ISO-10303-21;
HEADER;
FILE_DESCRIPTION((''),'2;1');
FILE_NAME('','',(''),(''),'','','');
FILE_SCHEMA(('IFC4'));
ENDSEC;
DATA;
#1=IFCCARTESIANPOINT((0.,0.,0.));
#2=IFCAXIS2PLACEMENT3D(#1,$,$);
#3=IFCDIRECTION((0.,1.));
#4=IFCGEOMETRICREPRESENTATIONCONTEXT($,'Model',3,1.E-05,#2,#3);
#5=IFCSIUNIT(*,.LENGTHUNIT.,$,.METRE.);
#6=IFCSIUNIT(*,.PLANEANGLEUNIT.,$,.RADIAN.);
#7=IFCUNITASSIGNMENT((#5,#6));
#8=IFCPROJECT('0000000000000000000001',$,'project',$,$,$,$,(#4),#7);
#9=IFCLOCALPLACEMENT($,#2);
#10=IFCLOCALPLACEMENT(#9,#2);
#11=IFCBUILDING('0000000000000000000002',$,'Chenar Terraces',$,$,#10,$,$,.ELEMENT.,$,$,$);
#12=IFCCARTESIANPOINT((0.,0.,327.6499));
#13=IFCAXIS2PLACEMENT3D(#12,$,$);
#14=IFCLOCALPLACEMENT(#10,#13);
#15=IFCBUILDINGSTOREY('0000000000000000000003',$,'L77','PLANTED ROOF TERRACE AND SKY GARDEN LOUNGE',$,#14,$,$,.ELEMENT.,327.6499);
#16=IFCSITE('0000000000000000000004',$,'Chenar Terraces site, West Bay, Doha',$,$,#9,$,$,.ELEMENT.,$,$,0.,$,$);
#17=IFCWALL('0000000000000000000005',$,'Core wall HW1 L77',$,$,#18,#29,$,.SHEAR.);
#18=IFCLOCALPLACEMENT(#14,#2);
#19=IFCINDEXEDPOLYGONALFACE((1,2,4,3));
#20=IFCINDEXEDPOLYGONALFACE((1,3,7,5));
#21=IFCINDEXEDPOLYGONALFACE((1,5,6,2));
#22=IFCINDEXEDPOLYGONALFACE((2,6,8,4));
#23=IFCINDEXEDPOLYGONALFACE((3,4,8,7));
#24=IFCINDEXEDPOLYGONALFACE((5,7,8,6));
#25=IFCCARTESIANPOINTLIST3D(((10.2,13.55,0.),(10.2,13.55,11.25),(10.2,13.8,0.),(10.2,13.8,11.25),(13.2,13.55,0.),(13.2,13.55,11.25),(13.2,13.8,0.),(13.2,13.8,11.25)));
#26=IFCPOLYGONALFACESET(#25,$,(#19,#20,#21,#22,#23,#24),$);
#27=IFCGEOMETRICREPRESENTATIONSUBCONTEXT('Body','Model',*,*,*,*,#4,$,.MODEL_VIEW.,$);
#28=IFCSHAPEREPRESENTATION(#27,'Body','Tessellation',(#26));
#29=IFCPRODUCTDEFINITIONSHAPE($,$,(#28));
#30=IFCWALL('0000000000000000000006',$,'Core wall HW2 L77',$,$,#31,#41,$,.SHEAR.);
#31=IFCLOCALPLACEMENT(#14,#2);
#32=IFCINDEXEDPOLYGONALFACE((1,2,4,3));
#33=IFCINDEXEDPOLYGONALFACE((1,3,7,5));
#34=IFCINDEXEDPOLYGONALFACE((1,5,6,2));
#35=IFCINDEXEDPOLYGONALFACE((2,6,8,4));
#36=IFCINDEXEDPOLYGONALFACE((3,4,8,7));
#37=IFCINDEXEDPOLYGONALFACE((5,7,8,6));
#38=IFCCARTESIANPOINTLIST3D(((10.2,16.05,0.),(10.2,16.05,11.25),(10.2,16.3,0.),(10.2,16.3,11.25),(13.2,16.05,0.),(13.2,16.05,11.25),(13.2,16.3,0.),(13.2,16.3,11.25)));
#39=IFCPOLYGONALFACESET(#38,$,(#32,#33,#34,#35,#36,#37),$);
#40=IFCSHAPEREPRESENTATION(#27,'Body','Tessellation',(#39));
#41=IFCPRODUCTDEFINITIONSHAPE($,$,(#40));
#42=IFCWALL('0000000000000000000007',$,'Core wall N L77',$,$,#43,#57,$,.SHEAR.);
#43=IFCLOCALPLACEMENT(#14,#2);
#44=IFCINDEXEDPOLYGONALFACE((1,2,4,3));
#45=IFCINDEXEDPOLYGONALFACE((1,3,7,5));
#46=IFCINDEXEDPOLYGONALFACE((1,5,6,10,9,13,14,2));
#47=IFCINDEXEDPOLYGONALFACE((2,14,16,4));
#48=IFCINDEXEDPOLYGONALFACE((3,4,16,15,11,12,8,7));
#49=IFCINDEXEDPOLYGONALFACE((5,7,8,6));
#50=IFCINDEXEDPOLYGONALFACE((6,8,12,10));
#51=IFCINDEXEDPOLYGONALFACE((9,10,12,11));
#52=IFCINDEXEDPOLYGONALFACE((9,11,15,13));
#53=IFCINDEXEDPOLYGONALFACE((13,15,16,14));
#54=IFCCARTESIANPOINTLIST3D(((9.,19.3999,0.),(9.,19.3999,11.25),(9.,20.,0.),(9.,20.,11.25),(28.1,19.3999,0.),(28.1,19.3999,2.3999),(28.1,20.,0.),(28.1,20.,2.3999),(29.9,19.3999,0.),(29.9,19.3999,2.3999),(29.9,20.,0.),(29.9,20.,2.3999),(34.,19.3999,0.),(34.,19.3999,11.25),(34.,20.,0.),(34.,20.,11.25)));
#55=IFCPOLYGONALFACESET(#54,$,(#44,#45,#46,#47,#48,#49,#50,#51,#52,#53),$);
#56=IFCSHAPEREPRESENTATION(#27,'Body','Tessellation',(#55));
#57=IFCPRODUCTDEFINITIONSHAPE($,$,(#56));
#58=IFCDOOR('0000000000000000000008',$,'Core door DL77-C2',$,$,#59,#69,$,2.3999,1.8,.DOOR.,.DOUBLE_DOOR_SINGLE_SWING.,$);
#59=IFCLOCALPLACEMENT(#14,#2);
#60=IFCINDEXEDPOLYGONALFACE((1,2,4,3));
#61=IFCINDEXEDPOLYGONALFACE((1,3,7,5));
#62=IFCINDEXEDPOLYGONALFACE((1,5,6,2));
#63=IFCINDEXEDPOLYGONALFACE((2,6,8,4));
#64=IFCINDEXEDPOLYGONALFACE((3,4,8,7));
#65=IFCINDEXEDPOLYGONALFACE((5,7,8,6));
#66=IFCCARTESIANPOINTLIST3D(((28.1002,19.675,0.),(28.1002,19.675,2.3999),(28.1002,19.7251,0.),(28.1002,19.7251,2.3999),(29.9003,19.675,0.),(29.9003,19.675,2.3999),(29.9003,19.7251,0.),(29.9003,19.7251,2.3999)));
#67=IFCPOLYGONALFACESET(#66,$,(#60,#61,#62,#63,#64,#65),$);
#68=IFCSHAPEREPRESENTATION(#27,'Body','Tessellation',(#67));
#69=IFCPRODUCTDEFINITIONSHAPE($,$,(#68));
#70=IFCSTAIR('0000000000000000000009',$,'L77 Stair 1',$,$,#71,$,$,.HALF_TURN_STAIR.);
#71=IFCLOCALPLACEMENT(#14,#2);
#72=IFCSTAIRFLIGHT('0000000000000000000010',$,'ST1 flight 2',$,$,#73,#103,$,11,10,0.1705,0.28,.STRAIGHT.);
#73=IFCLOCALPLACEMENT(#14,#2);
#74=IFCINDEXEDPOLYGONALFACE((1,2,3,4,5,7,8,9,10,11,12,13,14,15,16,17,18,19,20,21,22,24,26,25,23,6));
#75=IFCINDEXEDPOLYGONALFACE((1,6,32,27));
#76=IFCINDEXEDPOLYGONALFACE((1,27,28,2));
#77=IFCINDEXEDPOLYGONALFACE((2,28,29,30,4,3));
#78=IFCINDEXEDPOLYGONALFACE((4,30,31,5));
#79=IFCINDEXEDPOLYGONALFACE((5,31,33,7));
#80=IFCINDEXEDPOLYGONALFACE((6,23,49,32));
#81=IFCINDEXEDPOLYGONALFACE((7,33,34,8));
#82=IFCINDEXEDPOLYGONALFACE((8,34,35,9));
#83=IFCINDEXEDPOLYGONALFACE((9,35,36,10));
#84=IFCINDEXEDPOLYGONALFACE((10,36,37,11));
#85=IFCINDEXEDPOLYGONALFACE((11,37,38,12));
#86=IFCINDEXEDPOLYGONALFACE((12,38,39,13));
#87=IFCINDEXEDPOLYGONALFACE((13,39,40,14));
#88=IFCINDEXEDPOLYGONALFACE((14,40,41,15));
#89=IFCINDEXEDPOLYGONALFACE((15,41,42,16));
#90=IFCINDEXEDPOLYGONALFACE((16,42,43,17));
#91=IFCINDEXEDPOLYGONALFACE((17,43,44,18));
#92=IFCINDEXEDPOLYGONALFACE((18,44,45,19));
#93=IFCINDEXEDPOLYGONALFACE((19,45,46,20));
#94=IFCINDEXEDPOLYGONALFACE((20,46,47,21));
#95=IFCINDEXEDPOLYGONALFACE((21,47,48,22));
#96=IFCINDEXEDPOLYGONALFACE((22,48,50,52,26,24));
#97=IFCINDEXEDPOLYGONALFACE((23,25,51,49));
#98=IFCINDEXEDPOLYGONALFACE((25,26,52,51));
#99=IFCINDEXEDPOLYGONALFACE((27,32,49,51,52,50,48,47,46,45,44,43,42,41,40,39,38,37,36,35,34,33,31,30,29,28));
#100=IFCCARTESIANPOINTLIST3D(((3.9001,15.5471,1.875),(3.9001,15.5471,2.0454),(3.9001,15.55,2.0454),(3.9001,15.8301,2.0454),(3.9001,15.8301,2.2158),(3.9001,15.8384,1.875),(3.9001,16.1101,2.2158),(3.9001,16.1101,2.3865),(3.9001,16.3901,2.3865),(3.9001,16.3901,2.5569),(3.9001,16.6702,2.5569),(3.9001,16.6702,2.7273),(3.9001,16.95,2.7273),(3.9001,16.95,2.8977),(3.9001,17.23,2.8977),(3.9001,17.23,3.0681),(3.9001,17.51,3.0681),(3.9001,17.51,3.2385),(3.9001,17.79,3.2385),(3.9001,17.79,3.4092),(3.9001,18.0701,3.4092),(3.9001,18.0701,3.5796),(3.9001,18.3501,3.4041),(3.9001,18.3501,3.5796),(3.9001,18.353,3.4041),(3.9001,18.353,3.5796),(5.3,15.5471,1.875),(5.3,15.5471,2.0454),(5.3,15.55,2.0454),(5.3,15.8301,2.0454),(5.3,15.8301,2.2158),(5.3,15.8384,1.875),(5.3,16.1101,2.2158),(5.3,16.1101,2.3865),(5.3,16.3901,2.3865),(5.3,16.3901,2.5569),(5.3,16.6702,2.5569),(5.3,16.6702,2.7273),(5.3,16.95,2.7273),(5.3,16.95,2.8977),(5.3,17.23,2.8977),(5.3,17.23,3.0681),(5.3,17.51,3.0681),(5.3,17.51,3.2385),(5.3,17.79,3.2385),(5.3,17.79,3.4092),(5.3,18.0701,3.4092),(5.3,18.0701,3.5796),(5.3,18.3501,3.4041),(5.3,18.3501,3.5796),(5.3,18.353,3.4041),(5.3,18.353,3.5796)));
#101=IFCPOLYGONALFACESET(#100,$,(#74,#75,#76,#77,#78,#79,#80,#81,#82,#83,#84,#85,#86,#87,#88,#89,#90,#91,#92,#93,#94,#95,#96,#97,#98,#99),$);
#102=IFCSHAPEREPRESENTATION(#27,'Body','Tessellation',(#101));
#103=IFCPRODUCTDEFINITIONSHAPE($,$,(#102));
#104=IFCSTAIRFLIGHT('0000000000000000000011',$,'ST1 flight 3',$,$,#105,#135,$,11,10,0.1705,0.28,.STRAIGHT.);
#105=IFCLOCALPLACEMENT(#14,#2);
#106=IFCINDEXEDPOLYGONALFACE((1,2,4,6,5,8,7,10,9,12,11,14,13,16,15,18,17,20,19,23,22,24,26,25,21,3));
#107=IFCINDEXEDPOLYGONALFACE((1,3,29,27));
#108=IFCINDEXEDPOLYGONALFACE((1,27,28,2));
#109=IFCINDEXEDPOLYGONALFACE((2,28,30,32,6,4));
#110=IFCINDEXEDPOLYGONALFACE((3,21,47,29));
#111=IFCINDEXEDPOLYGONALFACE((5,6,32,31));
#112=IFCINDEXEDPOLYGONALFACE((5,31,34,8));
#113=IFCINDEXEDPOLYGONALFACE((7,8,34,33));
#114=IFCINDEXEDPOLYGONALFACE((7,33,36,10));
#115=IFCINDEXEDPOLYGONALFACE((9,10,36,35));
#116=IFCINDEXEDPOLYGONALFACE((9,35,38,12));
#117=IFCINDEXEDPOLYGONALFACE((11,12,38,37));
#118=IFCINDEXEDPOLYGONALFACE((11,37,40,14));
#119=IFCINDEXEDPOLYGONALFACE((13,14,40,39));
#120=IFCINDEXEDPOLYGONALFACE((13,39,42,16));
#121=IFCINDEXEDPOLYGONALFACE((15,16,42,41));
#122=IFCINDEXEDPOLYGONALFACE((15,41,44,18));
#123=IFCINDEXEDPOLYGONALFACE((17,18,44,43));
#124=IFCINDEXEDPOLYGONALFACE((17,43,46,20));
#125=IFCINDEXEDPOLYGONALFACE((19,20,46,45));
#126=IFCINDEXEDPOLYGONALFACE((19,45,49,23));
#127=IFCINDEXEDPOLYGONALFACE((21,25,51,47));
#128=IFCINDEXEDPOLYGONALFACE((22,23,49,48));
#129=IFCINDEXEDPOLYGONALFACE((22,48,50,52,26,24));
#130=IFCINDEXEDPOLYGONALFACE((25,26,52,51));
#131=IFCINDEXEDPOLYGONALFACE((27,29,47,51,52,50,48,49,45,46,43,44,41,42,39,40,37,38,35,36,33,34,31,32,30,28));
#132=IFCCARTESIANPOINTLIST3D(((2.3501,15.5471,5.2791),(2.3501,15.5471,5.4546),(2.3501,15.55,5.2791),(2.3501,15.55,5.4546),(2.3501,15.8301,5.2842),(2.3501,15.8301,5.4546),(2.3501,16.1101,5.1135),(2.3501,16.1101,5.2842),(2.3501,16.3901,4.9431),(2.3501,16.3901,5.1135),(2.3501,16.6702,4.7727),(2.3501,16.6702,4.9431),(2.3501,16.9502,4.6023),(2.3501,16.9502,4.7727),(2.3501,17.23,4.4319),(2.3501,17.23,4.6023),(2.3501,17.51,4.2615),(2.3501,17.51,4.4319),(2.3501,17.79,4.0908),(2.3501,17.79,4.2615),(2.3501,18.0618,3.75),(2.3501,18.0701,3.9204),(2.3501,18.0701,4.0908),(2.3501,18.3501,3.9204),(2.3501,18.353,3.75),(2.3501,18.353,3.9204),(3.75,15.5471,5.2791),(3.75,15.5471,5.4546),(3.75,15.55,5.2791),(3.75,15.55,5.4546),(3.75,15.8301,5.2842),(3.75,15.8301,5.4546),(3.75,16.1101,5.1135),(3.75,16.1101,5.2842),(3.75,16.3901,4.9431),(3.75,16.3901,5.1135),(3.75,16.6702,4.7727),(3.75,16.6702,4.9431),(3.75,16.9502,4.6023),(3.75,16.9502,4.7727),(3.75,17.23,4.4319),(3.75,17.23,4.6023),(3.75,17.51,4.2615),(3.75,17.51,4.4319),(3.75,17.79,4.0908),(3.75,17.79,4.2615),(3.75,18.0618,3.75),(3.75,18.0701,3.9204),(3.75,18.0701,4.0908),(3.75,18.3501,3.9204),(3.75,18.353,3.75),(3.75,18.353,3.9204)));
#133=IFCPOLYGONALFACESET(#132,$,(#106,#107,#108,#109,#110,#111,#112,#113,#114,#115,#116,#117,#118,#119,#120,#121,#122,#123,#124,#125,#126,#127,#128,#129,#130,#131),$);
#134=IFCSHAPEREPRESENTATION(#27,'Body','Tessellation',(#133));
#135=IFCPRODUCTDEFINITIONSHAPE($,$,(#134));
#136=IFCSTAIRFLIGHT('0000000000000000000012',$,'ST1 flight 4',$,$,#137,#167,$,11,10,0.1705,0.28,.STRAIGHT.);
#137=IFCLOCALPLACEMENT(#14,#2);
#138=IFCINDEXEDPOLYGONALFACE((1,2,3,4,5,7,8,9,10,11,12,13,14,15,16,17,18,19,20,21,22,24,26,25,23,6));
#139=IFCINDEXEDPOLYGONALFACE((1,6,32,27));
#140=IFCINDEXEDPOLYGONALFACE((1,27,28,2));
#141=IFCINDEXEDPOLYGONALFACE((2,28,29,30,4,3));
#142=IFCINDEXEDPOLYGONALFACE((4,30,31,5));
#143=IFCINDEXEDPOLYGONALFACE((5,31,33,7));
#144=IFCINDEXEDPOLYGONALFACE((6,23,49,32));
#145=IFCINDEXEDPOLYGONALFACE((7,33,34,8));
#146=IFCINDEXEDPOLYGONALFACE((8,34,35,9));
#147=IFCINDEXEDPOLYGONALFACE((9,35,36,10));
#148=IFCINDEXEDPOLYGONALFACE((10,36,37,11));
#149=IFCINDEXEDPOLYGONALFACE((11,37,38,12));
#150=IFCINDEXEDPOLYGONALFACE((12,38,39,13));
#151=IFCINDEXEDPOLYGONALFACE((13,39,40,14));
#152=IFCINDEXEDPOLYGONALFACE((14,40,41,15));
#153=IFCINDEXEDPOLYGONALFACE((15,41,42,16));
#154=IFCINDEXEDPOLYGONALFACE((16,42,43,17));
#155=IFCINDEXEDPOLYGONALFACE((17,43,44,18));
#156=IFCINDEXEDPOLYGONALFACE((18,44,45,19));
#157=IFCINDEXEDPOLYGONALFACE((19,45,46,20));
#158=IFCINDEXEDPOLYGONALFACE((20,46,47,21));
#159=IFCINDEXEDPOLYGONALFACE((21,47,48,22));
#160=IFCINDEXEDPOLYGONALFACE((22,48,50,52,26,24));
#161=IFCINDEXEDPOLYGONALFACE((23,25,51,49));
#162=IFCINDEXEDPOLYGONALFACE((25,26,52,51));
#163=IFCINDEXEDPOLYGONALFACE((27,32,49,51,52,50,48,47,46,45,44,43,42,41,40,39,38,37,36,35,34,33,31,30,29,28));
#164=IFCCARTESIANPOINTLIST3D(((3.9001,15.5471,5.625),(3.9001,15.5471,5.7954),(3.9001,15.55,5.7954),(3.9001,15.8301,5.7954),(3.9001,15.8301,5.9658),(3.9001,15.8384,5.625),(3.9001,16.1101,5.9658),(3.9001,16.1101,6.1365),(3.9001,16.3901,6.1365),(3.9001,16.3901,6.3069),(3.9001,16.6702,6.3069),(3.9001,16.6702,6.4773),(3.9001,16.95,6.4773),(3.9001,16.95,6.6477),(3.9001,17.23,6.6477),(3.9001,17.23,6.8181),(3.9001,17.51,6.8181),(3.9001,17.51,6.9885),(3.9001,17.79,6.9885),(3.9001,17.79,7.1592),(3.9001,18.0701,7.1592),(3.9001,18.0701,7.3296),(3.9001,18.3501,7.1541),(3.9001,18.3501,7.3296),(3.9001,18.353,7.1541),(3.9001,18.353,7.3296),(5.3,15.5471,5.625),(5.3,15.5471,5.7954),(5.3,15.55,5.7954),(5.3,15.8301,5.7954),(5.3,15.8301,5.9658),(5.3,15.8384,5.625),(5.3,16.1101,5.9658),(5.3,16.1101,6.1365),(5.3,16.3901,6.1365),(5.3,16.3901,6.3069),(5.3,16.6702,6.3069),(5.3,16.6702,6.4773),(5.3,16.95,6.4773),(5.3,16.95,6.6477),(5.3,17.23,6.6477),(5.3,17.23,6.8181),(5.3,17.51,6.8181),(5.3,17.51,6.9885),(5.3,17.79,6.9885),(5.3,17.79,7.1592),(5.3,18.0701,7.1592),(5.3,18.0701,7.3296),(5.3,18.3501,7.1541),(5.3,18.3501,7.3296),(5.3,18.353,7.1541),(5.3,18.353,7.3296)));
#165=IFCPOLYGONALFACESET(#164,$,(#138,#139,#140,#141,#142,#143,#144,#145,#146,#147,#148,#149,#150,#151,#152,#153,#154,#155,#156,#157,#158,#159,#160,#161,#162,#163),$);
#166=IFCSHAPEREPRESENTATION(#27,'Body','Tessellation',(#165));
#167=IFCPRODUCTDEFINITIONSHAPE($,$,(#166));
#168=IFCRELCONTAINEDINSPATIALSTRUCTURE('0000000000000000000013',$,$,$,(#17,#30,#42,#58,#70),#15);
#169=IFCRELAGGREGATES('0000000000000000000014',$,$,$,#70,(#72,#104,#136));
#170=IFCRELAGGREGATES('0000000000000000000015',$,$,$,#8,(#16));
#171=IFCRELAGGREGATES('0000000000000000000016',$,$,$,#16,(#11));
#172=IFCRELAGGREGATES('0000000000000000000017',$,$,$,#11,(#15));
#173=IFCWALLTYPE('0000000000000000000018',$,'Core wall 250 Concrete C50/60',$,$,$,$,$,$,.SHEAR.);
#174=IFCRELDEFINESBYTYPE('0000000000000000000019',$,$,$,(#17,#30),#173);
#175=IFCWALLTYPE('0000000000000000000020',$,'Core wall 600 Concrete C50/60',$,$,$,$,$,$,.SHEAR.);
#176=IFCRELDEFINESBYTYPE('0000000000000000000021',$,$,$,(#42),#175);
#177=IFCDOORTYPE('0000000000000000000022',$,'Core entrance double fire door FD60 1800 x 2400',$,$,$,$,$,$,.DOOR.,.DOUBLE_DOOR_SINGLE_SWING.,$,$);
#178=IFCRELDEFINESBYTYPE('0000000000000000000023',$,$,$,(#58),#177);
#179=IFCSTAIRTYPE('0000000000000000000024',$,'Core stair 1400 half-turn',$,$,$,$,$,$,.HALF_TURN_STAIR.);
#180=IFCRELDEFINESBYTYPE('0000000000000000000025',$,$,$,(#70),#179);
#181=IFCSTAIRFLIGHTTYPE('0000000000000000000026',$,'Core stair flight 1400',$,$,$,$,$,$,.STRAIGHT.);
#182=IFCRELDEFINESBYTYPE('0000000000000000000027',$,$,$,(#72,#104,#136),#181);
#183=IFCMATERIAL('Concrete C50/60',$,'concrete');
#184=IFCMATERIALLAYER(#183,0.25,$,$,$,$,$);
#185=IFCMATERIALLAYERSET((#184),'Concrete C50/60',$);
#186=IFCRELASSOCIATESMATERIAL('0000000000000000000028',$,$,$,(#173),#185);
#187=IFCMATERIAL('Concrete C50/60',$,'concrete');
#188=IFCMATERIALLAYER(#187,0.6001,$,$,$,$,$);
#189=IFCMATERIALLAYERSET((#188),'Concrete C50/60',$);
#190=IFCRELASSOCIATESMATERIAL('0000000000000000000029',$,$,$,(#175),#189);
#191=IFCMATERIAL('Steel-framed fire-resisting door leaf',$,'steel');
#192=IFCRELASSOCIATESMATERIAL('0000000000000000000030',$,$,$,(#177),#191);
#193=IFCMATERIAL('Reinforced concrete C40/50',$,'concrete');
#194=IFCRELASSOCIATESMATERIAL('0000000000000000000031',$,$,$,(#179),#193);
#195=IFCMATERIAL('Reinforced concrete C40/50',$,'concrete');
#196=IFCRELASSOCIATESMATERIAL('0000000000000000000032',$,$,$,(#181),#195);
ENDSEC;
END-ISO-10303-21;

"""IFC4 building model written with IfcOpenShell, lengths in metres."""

from ifc_helpers import new_model, si_unit, direction, frame, frame_2d, origin, place, context, subcontext, project, spatial, polyline, rectangle, outline, extrude, material, layer, layer_set, type_object, element, fill, aggregate, save


model = new_model("IFC4")

# Units and contexts
model_context = context("Model", 3, precision=1e-05, world=origin(), true_north=direction((0.0, 1.0)))
body_context = subcontext(model_context, "Body", "Model", "MODEL_VIEW")
ifc_project = project(units=[si_unit("LENGTHUNIT", "METRE"), si_unit("PLANEANGLEUNIT", "RADIAN")], contexts=[model_context])

# Site, building, storey
site_placement = place(None, origin())
site = spatial("IfcSite", under=ifc_project, at=site_placement, Name="Chenar Terraces site, West Bay, Doha", CompositionType="ELEMENT", RefElevation=0.0)
building_placement = place(site_placement, origin())
building = spatial("IfcBuilding", under=site, at=building_placement, Name="Chenar Terraces", CompositionType="ELEMENT")
storey_placement = place(building_placement, frame((0.0, 0.0, 327.6499)))
storey = spatial("IfcBuildingStorey", under=building, at=storey_placement, Name="L77", Description="PLANTED ROOF TERRACE AND SKY GARDEN LOUNGE", CompositionType="ELEMENT", Elevation=327.6499)

# Walls
ifc_material_1 = material(Name="Concrete C50/60", Category="concrete")
ifc_layer_1 = layer(ifc_material_1, 0.25)
ifc_layer_set_1 = layer_set([ifc_layer_1], Name="Concrete C50/60")
wall_type_1 = type_object("IfcWallType", Name="Core wall 250 Concrete C50/60", PredefinedType="SHEAR", material=ifc_layer_set_1)
for number, where, z_axis, x_axis, name in (
    (1, (10.2, 13.675, 0.0), (0.0, 0.0, 1.0), (1.0, 0.0, 0.0), "Core wall HW1 L77"),
    (2, (10.2, 16.175, 0.0), (0.0, 0.0, 1.0), (1.0, 0.0, 0.0), "Core wall HW2 L77"),
):
    element("IfcWall", number, at=place(storey_placement, frame(where, z_axis=z_axis, x_axis=x_axis)), inside=storey, type_object=wall_type_1, Name=name, PredefinedType="SHEAR", context=body_context, shape_type="SweptSolid", body=[
        extrude(rectangle(XDim=3.0, YDim=0.25, at=frame_2d((1.5, 0.0))), origin(), (0.0, 0.0, 1.0), 11.25),
    ])

# Wall, opening, door
ifc_material_2 = material(Name="Concrete C50/60", Category="concrete")
ifc_layer_2 = layer(ifc_material_2, 0.6001)
ifc_layer_set_2 = layer_set([ifc_layer_2], Name="Concrete C50/60")
wall_type_2 = type_object("IfcWallType", Name="Core wall 600 Concrete C50/60", PredefinedType="SHEAR", material=ifc_layer_set_2)
wall_placement = place(storey_placement, frame((9.0, 19.7, 0.0), z_axis=(0.0, 0.0, 1.0), x_axis=(1.0, 0.0, 0.0)))
wall = element("IfcWall", 3, at=wall_placement, inside=storey, type_object=wall_type_2, Name="Core wall N L77", PredefinedType="SHEAR", context=body_context, shape_type="SweptSolid", body=[
    extrude(rectangle(XDim=25.0, YDim=0.6001, at=frame_2d((12.5, 0.0))), origin(), (0.0, 0.0, 1.0), 11.25),
])
opening_placement = place(wall_placement, frame((19.1001, 0.0, 0.0)))
opening = element("IfcOpeningElement", 4, at=opening_placement, cuts=wall, PredefinedType="OPENING", context=body_context, shape_type="SweptSolid", body=[
    extrude(rectangle(XDim=1.8, YDim=2.3999, at=frame_2d((0.8999, 1.2))), frame((0.0, 0.3101, 0.0), z_axis=(0.0, -1.0, 0.0), x_axis=(1.0, 0.0, 0.0)), (0.0, 0.0, 1.0), 0.6201),
])
ifc_material_3 = material(Name="Steel-framed fire-resisting door leaf", Category="steel")
door_type = type_object("IfcDoorType", Name="Core entrance double fire door FD60 1800 x 2400", OperationType="DOUBLE_DOOR_SINGLE_SWING", PredefinedType="DOOR", material=ifc_material_3)
door_placement = place(opening_placement, frame((1.8, 0.0, 0.0), z_axis=(0.0, 0.0, 1.0), x_axis=(-1.0, 0.0, 0.0)))
door = element("IfcDoor", 5, at=door_placement, inside=storey, type_object=door_type, Name="Core door DL77-C2", OperationType="DOUBLE_DOOR_SINGLE_SWING", OverallHeight=2.3999, OverallWidth=1.8, PredefinedType="DOOR", context=body_context, shape_type="SweptSolid", body=[
    extrude(rectangle(XDim=1.8, YDim=2.3999, at=frame_2d((0.8999, 1.2))), frame((0.0, 0.0249, 0.0), z_axis=(0.0, -1.0, 0.0), x_axis=(1.0, 0.0, 0.0)), (0.0, 0.0, 1.0), 0.05),
])
fill(opening, door)

# Stair, stair flights
ifc_material_4 = material(Name="Reinforced concrete C40/50", Category="concrete")
stair_type = type_object("IfcStairType", Name="Core stair 1400 half-turn", PredefinedType="HALF_TURN_STAIR", material=ifc_material_4)
stair_placement = place(storey_placement, origin())
stair = element("IfcStair", 6, at=stair_placement, inside=storey, type_object=stair_type, Name="L77 Stair 1", PredefinedType="HALF_TURN_STAIR")
ifc_material_5 = material(Name="Reinforced concrete C40/50", Category="concrete")
stair_flight_type = type_object("IfcStairFlightType", Name="Core stair flight 1400", PredefinedType="STRAIGHT", material=ifc_material_5)
stair_flight_1_placement = place(storey_placement, frame((4.6001, 15.55, 1.875), z_axis=(0.0, 0.0, 1.0), x_axis=(0.0, 1.0, 0.0)))
stair_flight_1 = element("IfcStairFlight", 7, at=stair_flight_1_placement, type_object=stair_flight_type, Name="ST1 flight 2", NumberOfRisers=11, NumberOfTreads=10, PredefinedType="STRAIGHT", RiserHeight=0.1705, TreadLength=0.28, context=body_context, shape_type="SweptSolid", body=[
    extrude(outline(polyline([(-0.0029, 0.0), (-0.0029, 0.1704), (0.0, 0.1704), (0.28, 0.1704), (0.28, 0.3408), (0.5601, 0.3408), (0.5601, 0.5115), (0.8401, 0.5115), (0.8401, 0.6819), (1.1201, 0.6819), (1.1201, 0.8523), (1.3999, 0.8523), (1.3999, 1.0227), (1.6799, 1.0227), (1.6799, 1.1931), (1.96, 1.1931), (1.96, 1.3635), (2.24, 1.3635), (2.24, 1.5342), (2.52, 1.5342), (2.52, 1.7046), (2.8, 1.7046), (2.803, 1.7046), (2.803, 1.5291), (2.8, 1.5291), (0.2883, 0.0), (-0.0029, 0.0)])), frame((0.0, 0.7, 0.0), z_axis=(0.0, -1.0, 0.0), x_axis=(1.0, 0.0, 0.0)), (0.0, 0.0, 1.0), 1.3999),
])
stair_flight_2_placement = place(storey_placement, frame((3.05, 18.3501, 3.75), z_axis=(0.0, 0.0, 1.0), x_axis=(0.0, -1.0, 0.0)))
stair_flight_2 = element("IfcStairFlight", 8, at=stair_flight_2_placement, type_object=stair_flight_type, Name="ST1 flight 3", NumberOfRisers=11, NumberOfTreads=10, PredefinedType="STRAIGHT", RiserHeight=0.1705, TreadLength=0.28, context=body_context, shape_type="SweptSolid", body=[
    extrude(outline(polyline([(-0.0029, 0.0), (-0.0029, 0.1704), (0.0, 0.1704), (0.28, 0.1704), (0.28, 0.3408), (0.5601, 0.3408), (0.5601, 0.5115), (0.8401, 0.5115), (0.8401, 0.6819), (1.1201, 0.6819), (1.1201, 0.8523), (1.3999, 0.8523), (1.3999, 1.0227), (1.6799, 1.0227), (1.6799, 1.1931), (1.96, 1.1931), (1.96, 1.3635), (2.24, 1.3635), (2.24, 1.5342), (2.52, 1.5342), (2.52, 1.7046), (2.8, 1.7046), (2.803, 1.7046), (2.803, 1.5291), (2.8, 1.5291), (0.2883, 0.0), (-0.0029, 0.0)])), frame((0.0, 0.7, 0.0), z_axis=(0.0, -1.0, 0.0), x_axis=(1.0, 0.0, 0.0)), (0.0, 0.0, 1.0), 1.3999),
])
stair_flight_3_placement = place(storey_placement, frame((4.6001, 15.55, 5.625), z_axis=(0.0, 0.0, 1.0), x_axis=(0.0, 1.0, 0.0)))
stair_flight_3 = element("IfcStairFlight", 9, at=stair_flight_3_placement, type_object=stair_flight_type, Name="ST1 flight 4", NumberOfRisers=11, NumberOfTreads=10, PredefinedType="STRAIGHT", RiserHeight=0.1705, TreadLength=0.28, context=body_context, shape_type="SweptSolid", body=[
    extrude(outline(polyline([(-0.0029, 0.0), (-0.0029, 0.1704), (0.0, 0.1704), (0.28, 0.1704), (0.28, 0.3408), (0.5601, 0.3408), (0.5601, 0.5115), (0.8401, 0.5115), (0.8401, 0.6819), (1.1201, 0.6819), (1.1201, 0.8523), (1.3999, 0.8523), (1.3999, 1.0227), (1.6799, 1.0227), (1.6799, 1.1931), (1.96, 1.1931), (1.96, 1.3635), (2.24, 1.3635), (2.24, 1.5342), (2.52, 1.5342), (2.52, 1.7046), (2.8, 1.7046), (2.803, 1.7046), (2.803, 1.5291), (2.8, 1.5291), (0.2883, 0.0), (-0.0029, 0.0)])), frame((0.0, 0.7, 0.0), z_axis=(0.0, -1.0, 0.0), x_axis=(1.0, 0.0, 0.0)), (0.0, 0.0, 1.0), 1.3999),
])
aggregate(stair, [stair_flight_1, stair_flight_2, stair_flight_3])

save(model, "model.ifc")
